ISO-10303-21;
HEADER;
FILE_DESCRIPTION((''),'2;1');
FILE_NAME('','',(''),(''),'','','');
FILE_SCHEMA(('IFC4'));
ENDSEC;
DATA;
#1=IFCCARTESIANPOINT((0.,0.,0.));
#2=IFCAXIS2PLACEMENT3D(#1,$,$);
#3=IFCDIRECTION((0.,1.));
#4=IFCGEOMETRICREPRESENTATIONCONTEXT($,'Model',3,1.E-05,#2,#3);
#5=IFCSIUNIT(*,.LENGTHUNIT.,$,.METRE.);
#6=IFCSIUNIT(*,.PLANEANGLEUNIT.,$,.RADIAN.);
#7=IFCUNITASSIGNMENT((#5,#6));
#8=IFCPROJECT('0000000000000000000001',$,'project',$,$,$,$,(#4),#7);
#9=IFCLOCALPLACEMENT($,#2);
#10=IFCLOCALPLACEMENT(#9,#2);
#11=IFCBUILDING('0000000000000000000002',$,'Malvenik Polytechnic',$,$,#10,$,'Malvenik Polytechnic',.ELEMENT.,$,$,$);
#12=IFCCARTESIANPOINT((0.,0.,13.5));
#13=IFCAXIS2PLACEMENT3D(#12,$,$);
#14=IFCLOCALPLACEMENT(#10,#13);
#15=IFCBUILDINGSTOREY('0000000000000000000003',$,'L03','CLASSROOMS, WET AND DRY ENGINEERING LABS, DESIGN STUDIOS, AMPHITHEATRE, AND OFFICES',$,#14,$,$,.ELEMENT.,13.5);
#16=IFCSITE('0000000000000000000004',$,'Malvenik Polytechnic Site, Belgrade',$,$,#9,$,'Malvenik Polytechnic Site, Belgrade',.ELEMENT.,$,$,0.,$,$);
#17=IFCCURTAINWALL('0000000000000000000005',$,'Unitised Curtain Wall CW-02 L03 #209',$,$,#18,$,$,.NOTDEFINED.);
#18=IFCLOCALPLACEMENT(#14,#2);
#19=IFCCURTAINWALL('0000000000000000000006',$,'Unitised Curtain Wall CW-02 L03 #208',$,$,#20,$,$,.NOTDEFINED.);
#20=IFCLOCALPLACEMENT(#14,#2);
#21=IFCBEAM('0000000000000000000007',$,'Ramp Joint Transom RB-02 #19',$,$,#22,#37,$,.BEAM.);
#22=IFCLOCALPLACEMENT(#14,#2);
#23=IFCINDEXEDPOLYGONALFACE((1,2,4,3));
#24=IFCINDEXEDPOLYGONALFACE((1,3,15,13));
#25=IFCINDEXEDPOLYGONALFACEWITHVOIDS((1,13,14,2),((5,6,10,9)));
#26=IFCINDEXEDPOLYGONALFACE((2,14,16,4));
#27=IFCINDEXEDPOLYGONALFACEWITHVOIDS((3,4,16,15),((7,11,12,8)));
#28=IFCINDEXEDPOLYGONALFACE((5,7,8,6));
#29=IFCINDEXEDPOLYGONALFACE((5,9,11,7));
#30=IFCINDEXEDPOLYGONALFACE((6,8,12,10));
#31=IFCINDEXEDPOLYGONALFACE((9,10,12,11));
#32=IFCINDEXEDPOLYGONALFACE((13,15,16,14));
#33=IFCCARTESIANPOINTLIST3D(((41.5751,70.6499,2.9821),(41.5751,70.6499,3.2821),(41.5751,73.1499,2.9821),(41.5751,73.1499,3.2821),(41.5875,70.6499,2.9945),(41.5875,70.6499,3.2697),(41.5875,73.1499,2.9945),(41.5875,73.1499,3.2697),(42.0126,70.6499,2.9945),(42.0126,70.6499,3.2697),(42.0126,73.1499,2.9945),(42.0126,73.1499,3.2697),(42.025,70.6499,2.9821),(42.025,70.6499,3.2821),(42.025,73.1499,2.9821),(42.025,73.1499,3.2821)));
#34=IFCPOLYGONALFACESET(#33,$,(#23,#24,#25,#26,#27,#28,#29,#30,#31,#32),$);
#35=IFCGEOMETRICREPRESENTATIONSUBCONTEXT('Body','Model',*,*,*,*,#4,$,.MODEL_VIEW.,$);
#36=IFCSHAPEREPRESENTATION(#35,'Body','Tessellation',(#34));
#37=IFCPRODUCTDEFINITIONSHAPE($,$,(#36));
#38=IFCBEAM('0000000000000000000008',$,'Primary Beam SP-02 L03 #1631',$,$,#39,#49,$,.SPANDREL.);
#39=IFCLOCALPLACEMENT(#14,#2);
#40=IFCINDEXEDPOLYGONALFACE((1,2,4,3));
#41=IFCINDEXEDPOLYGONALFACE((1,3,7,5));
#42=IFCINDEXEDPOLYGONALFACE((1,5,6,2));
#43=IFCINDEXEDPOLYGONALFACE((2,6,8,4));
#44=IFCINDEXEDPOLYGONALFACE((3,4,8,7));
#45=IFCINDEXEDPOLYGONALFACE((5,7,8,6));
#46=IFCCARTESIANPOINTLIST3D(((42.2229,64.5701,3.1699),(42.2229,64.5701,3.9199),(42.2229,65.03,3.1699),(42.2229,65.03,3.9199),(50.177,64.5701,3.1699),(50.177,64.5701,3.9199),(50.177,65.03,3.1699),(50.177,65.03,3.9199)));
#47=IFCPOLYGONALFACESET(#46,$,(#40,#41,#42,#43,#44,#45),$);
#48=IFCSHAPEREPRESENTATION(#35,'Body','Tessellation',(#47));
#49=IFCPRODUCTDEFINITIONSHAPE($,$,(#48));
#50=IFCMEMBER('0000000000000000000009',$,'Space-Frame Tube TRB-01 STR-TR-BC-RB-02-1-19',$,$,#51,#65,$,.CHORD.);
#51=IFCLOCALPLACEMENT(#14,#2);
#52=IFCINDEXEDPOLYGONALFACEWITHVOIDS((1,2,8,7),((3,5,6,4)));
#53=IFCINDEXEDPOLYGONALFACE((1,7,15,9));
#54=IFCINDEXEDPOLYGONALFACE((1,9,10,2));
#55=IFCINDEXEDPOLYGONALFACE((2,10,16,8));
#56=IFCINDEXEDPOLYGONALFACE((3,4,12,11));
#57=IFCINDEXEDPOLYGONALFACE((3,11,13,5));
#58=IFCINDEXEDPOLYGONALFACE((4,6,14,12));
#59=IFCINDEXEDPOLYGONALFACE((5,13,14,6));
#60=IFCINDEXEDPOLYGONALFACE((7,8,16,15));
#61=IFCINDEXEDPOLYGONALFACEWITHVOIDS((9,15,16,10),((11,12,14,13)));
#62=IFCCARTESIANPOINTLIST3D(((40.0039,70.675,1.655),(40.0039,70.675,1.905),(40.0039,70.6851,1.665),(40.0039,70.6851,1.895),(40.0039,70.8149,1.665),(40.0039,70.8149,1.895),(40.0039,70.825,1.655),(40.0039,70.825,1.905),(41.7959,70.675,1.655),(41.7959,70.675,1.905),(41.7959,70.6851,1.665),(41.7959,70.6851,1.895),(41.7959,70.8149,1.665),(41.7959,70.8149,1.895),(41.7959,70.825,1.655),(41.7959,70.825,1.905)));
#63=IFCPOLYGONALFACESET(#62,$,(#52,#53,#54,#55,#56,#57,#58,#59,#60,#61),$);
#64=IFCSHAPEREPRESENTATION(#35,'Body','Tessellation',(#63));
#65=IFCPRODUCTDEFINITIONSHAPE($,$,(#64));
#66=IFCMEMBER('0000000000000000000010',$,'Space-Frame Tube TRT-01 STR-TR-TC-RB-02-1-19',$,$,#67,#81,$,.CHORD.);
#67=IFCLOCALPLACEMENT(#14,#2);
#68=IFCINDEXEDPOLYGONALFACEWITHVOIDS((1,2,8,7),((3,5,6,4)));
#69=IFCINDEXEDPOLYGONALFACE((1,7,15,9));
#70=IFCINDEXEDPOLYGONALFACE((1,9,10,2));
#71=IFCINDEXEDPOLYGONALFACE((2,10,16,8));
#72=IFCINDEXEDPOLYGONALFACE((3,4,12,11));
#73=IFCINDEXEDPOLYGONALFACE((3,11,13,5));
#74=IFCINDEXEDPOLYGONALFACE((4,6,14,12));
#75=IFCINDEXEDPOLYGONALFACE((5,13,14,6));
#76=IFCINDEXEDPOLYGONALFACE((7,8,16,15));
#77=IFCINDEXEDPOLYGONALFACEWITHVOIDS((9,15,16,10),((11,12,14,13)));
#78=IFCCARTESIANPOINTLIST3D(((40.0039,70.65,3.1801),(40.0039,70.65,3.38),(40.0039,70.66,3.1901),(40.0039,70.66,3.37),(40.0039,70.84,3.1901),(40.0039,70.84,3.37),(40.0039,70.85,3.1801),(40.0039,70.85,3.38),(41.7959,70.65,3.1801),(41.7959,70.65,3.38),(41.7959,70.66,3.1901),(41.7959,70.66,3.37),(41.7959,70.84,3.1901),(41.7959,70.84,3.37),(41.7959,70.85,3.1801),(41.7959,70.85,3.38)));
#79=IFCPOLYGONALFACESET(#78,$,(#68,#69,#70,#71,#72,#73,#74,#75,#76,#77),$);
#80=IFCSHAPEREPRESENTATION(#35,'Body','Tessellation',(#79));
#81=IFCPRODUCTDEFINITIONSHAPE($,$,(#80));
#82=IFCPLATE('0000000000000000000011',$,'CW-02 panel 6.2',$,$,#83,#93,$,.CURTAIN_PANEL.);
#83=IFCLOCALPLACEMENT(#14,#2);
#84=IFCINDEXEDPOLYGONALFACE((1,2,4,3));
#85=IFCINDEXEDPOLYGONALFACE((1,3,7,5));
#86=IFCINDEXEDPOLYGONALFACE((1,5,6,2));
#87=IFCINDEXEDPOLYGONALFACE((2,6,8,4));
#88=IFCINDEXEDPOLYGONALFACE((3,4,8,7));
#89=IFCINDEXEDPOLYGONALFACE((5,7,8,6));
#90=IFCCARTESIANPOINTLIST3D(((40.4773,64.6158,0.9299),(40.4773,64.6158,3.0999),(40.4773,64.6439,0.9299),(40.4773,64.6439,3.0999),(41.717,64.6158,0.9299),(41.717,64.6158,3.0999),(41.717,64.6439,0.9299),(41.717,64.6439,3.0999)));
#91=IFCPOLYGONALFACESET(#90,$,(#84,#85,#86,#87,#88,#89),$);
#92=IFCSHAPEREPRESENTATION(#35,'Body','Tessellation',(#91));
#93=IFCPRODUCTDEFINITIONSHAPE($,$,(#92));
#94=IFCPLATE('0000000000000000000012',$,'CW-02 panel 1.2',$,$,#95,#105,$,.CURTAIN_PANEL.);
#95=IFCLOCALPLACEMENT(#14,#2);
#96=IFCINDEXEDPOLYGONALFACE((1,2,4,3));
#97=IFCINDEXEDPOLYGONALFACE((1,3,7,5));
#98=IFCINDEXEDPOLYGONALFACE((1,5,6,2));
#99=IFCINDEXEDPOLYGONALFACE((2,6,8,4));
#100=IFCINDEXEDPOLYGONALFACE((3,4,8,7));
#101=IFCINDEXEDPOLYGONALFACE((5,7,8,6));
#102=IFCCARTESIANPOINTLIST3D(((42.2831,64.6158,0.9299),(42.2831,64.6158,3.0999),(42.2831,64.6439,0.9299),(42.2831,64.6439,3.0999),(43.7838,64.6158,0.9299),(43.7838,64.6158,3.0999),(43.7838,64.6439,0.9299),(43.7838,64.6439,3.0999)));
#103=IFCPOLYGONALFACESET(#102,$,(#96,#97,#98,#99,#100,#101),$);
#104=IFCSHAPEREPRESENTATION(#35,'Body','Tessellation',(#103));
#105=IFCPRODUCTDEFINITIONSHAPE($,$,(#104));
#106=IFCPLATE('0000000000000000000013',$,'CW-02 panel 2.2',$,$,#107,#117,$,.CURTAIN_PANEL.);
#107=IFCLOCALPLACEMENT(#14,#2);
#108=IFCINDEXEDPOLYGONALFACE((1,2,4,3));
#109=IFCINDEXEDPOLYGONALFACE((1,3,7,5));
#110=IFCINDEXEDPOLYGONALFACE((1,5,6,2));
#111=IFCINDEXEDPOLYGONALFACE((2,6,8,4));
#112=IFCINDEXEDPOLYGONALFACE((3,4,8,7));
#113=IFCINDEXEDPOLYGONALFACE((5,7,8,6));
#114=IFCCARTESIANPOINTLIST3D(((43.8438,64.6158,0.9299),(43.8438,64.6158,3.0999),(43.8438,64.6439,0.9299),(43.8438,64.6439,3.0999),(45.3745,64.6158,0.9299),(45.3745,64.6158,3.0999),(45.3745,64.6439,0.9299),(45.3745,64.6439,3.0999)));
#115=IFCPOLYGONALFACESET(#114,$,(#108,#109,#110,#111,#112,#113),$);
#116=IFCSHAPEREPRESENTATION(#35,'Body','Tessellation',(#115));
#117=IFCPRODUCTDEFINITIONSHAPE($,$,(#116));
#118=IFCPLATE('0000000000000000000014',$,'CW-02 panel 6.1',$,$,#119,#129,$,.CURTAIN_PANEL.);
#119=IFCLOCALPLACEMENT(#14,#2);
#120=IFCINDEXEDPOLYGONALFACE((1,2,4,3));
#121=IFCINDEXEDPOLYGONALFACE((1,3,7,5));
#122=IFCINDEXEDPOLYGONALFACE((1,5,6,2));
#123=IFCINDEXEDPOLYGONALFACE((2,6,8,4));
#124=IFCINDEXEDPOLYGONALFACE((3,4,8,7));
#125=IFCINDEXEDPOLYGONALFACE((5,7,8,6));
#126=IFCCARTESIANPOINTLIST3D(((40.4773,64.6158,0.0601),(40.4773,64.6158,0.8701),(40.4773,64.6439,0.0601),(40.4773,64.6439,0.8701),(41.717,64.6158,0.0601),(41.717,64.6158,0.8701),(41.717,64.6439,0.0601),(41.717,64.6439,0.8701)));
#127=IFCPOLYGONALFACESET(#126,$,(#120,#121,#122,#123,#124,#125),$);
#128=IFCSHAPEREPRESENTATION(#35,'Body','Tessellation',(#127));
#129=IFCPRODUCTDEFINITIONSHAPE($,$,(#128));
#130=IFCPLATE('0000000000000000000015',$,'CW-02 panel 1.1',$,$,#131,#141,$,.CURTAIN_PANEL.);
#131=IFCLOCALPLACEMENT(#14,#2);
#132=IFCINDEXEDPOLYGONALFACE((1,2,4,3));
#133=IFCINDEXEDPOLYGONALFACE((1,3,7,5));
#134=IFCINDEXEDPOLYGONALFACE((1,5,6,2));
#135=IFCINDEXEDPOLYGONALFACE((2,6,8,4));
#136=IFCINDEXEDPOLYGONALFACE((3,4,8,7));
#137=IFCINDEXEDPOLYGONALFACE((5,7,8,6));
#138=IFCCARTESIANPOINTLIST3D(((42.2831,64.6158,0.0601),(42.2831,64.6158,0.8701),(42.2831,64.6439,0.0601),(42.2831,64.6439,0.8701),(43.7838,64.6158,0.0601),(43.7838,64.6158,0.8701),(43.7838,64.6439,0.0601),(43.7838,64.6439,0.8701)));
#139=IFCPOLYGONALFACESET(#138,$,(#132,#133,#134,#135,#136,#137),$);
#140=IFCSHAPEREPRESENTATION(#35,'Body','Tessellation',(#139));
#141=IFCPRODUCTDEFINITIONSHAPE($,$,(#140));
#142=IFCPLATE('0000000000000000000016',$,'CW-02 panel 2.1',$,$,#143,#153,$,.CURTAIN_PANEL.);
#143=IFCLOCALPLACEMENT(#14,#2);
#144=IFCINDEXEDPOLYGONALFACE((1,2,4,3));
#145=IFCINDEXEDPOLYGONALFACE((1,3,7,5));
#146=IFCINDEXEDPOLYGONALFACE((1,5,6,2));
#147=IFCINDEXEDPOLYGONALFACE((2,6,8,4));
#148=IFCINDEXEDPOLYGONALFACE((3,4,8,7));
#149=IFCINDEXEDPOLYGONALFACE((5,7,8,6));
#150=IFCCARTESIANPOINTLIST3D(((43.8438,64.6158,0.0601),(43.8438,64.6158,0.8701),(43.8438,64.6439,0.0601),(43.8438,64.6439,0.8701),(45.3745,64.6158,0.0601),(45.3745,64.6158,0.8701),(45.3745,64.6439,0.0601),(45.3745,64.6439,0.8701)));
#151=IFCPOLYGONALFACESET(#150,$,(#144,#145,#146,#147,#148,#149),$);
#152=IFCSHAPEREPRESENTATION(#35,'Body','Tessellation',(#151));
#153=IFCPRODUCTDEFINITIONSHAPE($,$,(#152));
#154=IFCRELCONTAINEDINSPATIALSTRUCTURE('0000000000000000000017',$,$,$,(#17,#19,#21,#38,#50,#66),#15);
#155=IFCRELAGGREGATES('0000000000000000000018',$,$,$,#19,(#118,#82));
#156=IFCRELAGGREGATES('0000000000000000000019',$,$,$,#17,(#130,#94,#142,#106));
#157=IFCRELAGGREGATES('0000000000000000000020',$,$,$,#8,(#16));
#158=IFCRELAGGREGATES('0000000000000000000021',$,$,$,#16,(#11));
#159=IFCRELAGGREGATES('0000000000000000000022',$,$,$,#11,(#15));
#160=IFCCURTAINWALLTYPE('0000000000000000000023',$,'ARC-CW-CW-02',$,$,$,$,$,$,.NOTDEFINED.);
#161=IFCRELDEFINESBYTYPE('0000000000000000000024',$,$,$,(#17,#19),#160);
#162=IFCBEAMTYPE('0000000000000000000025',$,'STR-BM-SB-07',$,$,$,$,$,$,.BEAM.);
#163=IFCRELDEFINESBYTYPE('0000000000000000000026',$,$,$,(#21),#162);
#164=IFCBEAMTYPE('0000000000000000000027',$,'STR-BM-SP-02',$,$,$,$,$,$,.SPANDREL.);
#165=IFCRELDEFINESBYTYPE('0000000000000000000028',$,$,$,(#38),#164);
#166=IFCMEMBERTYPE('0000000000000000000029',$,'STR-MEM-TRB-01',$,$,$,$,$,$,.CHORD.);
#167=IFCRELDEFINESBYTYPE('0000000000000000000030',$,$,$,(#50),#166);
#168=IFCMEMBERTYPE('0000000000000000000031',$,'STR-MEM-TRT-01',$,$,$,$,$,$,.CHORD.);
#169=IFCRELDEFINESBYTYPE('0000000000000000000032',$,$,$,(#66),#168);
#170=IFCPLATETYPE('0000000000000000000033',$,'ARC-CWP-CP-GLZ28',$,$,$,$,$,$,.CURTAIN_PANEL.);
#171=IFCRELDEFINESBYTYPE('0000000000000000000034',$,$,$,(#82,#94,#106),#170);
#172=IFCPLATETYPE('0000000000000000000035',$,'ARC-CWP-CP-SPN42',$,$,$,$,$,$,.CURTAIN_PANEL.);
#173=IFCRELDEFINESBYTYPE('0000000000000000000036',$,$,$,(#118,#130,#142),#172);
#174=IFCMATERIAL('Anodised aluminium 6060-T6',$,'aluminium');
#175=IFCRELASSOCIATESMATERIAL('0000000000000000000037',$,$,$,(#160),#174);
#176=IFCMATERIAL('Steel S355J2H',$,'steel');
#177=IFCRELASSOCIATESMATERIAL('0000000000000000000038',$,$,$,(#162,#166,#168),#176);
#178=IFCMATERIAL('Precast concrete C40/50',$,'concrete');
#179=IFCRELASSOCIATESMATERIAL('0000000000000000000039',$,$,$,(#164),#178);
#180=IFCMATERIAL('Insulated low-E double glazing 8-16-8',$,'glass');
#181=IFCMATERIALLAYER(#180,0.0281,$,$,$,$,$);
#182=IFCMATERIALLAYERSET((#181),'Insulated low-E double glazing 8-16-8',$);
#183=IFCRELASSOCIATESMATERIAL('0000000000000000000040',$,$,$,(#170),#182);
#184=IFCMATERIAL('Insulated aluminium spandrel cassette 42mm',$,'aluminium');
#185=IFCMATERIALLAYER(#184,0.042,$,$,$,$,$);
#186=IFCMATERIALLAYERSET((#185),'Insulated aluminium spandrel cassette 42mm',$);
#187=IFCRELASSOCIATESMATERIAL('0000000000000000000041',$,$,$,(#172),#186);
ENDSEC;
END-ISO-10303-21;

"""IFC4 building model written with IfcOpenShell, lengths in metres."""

from ifc_helpers import new_model, si_unit, direction, frame, origin, origin_2d, place, context, subcontext, project, spatial, rectangle, hollow_rectangle, extrude, material, layer, layer_set, material_profile, profile_set, type_object, element, aggregate, save


model = new_model("IFC4")

# Units and contexts
model_context = context("Model", 3, precision=1e-05, world=origin(), true_north=direction((0.0, 1.0)))
body_context = subcontext(model_context, "Body", "Model", "MODEL_VIEW")
ifc_project = project(units=[si_unit("LENGTHUNIT", "METRE"), si_unit("PLANEANGLEUNIT", "RADIAN")], contexts=[model_context])

# Site, building, storey
site_placement = place(None, origin())
site = spatial("IfcSite", under=ifc_project, at=site_placement, Name="Malvenik Polytechnic Site, Belgrade", LongName="Malvenik Polytechnic Site, Belgrade", CompositionType="ELEMENT", RefElevation=0.0)
building_placement = place(site_placement, origin())
building = spatial("IfcBuilding", under=site, at=building_placement, Name="Malvenik Polytechnic", LongName="Malvenik Polytechnic", CompositionType="ELEMENT")
storey_placement = place(building_placement, frame((0.0, 0.0, 13.5)))
storey = spatial("IfcBuildingStorey", under=building, at=storey_placement, Name="L03", Description="CLASSROOMS, WET AND DRY ENGINEERING LABS, DESIGN STUDIOS, AMPHITHEATRE, AND OFFICES", CompositionType="ELEMENT", Elevation=13.5)

# Curtain walls
ifc_material_1 = material(Name="Anodised aluminium 6060-T6", Category="aluminium")
curtain_wall_type = type_object("IfcCurtainWallType", Name="ARC-CW-CW-02", PredefinedType="NOTDEFINED", material=ifc_material_1)
curtain_wall_1_placement = place(storey_placement, origin())
curtain_wall_1 = element("IfcCurtainWall", 1, at=curtain_wall_1_placement, inside=storey, type_object=curtain_wall_type, Name="Unitised Curtain Wall CW-02 L03 #209", PredefinedType="NOTDEFINED")
curtain_wall_2_placement = place(storey_placement, origin())
curtain_wall_2 = element("IfcCurtainWall", 2, at=curtain_wall_2_placement, inside=storey, type_object=curtain_wall_type, Name="Unitised Curtain Wall CW-02 L03 #208", PredefinedType="NOTDEFINED")

# Beams
ifc_material_2 = material(Name="Steel S355J2H", Category="steel")
ifc_material_profile_1 = material_profile(ifc_material_2, hollow_rectangle(XDim=0.45, YDim=0.3, WallThickness=0.0125, at=origin_2d()), Name="RHS 450x300x12.5")
ifc_profile_set_1 = profile_set([ifc_material_profile_1], Name="Steel S355J2H")
beam_type_1 = type_object("IfcBeamType", Name="STR-BM-SB-07", PredefinedType="BEAM", material=ifc_profile_set_1)
beam_1_placement = place(storey_placement, frame((41.8, 70.6499, 3.1321), z_axis=(0.0, 1.0, 0.0), x_axis=(-1.0, 0.0, 0.0)))
element("IfcBeam", 3, at=beam_1_placement, inside=storey, type_object=beam_type_1, Name="Ramp Joint Transom RB-02 #19", PredefinedType="BEAM", context=body_context, shape_type="SweptSolid", body=[
    extrude(hollow_rectangle(XDim=0.45, YDim=0.3, WallThickness=0.0125, at=origin_2d()), origin(), (0.0, 0.0, 1.0), 2.5),
])
ifc_material_3 = material(Name="Precast concrete C40/50", Category="concrete")
ifc_material_profile_2 = material_profile(ifc_material_3, rectangle(XDim=0.46, YDim=0.75, at=origin_2d()), Name="PC SPN 460x750")
ifc_profile_set_2 = profile_set([ifc_material_profile_2], Name="Precast concrete C40/50")
beam_type_2 = type_object("IfcBeamType", Name="STR-BM-SP-02", PredefinedType="SPANDREL", material=ifc_profile_set_2)
beam_2_placement = place(storey_placement, frame((42.2229, 64.8, 3.5449), z_axis=(1.0, 0.0, 0.0), x_axis=(0.0, 1.0, 0.0)))
element("IfcBeam", 4, at=beam_2_placement, inside=storey, type_object=beam_type_2, Name="Primary Beam SP-02 L03 #1631", PredefinedType="SPANDREL", context=body_context, shape_type="SweptSolid", body=[
    extrude(rectangle(XDim=0.46, YDim=0.75, at=origin_2d()), origin(), (0.0, 0.0, 1.0), 7.9541),
])

# Members
ifc_material_profile_3 = material_profile(ifc_material_2, hollow_rectangle(XDim=0.1499, YDim=0.25, WallThickness=0.01, at=origin_2d()), Name="RHS 250x150x10.0")
ifc_profile_set_3 = profile_set([ifc_material_profile_3], Name="Steel S355J2H")
member_type_1 = type_object("IfcMemberType", Name="STR-MEM-TRB-01", PredefinedType="CHORD", material=ifc_profile_set_3)
member_1_placement = place(storey_placement, frame((41.7959, 70.75, 1.78), z_axis=(-1.0, 0.0, 0.0), x_axis=(0.0, -1.0, 0.0)))
element("IfcMember", 5, at=member_1_placement, inside=storey, type_object=member_type_1, Name="Space-Frame Tube TRB-01 STR-TR-BC-RB-02-1-19", PredefinedType="CHORD", context=body_context, shape_type="SweptSolid", body=[
    extrude(hollow_rectangle(XDim=0.1499, YDim=0.25, WallThickness=0.01, at=origin_2d()), origin(), (0.0, 0.0, 1.0), 1.792),
])
ifc_material_profile_4 = material_profile(ifc_material_2, hollow_rectangle(XDim=0.2, YDim=0.2, WallThickness=0.01, at=origin_2d()), Name="SHS 200x200x10.0")
ifc_profile_set_4 = profile_set([ifc_material_profile_4], Name="Steel S355J2H")
member_type_2 = type_object("IfcMemberType", Name="STR-MEM-TRT-01", PredefinedType="CHORD", material=ifc_profile_set_4)
member_2_placement = place(storey_placement, frame((41.7959, 70.75, 3.28), z_axis=(-1.0, 0.0, 0.0), x_axis=(0.0, -1.0, 0.0)))
element("IfcMember", 6, at=member_2_placement, inside=storey, type_object=member_type_2, Name="Space-Frame Tube TRT-01 STR-TR-TC-RB-02-1-19", PredefinedType="CHORD", context=body_context, shape_type="SweptSolid", body=[
    extrude(hollow_rectangle(XDim=0.2, YDim=0.2, WallThickness=0.01, at=origin_2d()), origin(), (0.0, 0.0, 1.0), 1.792),
])

# Plates
ifc_material_4 = material(Name="Insulated low-E double glazing 8-16-8", Category="glass")
ifc_layer_1 = layer(ifc_material_4, 0.0281)
ifc_layer_set_1 = layer_set([ifc_layer_1], Name="Insulated low-E double glazing 8-16-8")
plate_type_1 = type_object("IfcPlateType", Name="ARC-CWP-CP-GLZ28", PredefinedType="CURTAIN_PANEL", material=ifc_layer_set_1)
plate_1_placement = place(storey_placement, frame((41.0972, 64.6299, 0.9299), z_axis=(0.0, 0.0, 1.0), x_axis=(1.0, 0.0, 0.0)))
plate_1 = element("IfcPlate", 7, at=plate_1_placement, type_object=plate_type_1, Name="CW-02 panel 6.2", PredefinedType="CURTAIN_PANEL", context=body_context, shape_type="SweptSolid", body=[
    extrude(rectangle(XDim=1.2397, YDim=0.0281, at=origin_2d()), origin(), (0.0, 0.0, 1.0), 2.1699),
])
plate_2_placement = place(storey_placement, frame((43.0334, 64.6299, 0.9299), z_axis=(0.0, 0.0, 1.0), x_axis=(1.0, 0.0, 0.0)))
plate_2 = element("IfcPlate", 8, at=plate_2_placement, type_object=plate_type_1, Name="CW-02 panel 1.2", PredefinedType="CURTAIN_PANEL", context=body_context, shape_type="SweptSolid", body=[
    extrude(rectangle(XDim=1.5007, YDim=0.0281, at=origin_2d()), origin(), (0.0, 0.0, 1.0), 2.1699),
])
plate_3_placement = place(storey_placement, frame((44.6091, 64.6299, 0.9299), z_axis=(0.0, 0.0, 1.0), x_axis=(1.0, 0.0, 0.0)))
plate_3 = element("IfcPlate", 9, at=plate_3_placement, type_object=plate_type_1, Name="CW-02 panel 2.2", PredefinedType="CURTAIN_PANEL", context=body_context, shape_type="SweptSolid", body=[
    extrude(rectangle(XDim=1.5308, YDim=0.0281, at=origin_2d()), origin(), (0.0, 0.0, 1.0), 2.1699),
])
ifc_material_5 = material(Name="Insulated aluminium spandrel cassette 42mm", Category="aluminium")
ifc_layer_2 = layer(ifc_material_5, 0.042)
ifc_layer_set_2 = layer_set([ifc_layer_2], Name="Insulated aluminium spandrel cassette 42mm")
plate_type_2 = type_object("IfcPlateType", Name="ARC-CWP-CP-SPN42", PredefinedType="CURTAIN_PANEL", material=ifc_layer_set_2)
plate_4_placement = place(storey_placement, frame((41.0972, 64.6299, 0.0601), z_axis=(0.0, 0.0, 1.0), x_axis=(1.0, 0.0, 0.0)))
plate_4 = element("IfcPlate", 10, at=plate_4_placement, type_object=plate_type_2, Name="CW-02 panel 6.1", PredefinedType="CURTAIN_PANEL", context=body_context, shape_type="SweptSolid", body=[
    extrude(rectangle(XDim=1.2397, YDim=0.0281, at=origin_2d()), origin(), (0.0, 0.0, 1.0), 0.8101),
])
aggregate(curtain_wall_2, [plate_4, plate_1])
plate_5_placement = place(storey_placement, frame((43.0334, 64.6299, 0.0601), z_axis=(0.0, 0.0, 1.0), x_axis=(1.0, 0.0, 0.0)))
plate_5 = element("IfcPlate", 11, at=plate_5_placement, type_object=plate_type_2, Name="CW-02 panel 1.1", PredefinedType="CURTAIN_PANEL", context=body_context, shape_type="SweptSolid", body=[
    extrude(rectangle(XDim=1.5007, YDim=0.0281, at=origin_2d()), origin(), (0.0, 0.0, 1.0), 0.8101),
])
plate_6_placement = place(storey_placement, frame((44.6091, 64.6299, 0.0601), z_axis=(0.0, 0.0, 1.0), x_axis=(1.0, 0.0, 0.0)))
plate_6 = element("IfcPlate", 12, at=plate_6_placement, type_object=plate_type_2, Name="CW-02 panel 2.1", PredefinedType="CURTAIN_PANEL", context=body_context, shape_type="SweptSolid", body=[
    extrude(rectangle(XDim=1.5308, YDim=0.0281, at=origin_2d()), origin(), (0.0, 0.0, 1.0), 0.8101),
])
aggregate(curtain_wall_1, [plate_5, plate_2, plate_6, plate_3])

save(model, "model.ifc")
